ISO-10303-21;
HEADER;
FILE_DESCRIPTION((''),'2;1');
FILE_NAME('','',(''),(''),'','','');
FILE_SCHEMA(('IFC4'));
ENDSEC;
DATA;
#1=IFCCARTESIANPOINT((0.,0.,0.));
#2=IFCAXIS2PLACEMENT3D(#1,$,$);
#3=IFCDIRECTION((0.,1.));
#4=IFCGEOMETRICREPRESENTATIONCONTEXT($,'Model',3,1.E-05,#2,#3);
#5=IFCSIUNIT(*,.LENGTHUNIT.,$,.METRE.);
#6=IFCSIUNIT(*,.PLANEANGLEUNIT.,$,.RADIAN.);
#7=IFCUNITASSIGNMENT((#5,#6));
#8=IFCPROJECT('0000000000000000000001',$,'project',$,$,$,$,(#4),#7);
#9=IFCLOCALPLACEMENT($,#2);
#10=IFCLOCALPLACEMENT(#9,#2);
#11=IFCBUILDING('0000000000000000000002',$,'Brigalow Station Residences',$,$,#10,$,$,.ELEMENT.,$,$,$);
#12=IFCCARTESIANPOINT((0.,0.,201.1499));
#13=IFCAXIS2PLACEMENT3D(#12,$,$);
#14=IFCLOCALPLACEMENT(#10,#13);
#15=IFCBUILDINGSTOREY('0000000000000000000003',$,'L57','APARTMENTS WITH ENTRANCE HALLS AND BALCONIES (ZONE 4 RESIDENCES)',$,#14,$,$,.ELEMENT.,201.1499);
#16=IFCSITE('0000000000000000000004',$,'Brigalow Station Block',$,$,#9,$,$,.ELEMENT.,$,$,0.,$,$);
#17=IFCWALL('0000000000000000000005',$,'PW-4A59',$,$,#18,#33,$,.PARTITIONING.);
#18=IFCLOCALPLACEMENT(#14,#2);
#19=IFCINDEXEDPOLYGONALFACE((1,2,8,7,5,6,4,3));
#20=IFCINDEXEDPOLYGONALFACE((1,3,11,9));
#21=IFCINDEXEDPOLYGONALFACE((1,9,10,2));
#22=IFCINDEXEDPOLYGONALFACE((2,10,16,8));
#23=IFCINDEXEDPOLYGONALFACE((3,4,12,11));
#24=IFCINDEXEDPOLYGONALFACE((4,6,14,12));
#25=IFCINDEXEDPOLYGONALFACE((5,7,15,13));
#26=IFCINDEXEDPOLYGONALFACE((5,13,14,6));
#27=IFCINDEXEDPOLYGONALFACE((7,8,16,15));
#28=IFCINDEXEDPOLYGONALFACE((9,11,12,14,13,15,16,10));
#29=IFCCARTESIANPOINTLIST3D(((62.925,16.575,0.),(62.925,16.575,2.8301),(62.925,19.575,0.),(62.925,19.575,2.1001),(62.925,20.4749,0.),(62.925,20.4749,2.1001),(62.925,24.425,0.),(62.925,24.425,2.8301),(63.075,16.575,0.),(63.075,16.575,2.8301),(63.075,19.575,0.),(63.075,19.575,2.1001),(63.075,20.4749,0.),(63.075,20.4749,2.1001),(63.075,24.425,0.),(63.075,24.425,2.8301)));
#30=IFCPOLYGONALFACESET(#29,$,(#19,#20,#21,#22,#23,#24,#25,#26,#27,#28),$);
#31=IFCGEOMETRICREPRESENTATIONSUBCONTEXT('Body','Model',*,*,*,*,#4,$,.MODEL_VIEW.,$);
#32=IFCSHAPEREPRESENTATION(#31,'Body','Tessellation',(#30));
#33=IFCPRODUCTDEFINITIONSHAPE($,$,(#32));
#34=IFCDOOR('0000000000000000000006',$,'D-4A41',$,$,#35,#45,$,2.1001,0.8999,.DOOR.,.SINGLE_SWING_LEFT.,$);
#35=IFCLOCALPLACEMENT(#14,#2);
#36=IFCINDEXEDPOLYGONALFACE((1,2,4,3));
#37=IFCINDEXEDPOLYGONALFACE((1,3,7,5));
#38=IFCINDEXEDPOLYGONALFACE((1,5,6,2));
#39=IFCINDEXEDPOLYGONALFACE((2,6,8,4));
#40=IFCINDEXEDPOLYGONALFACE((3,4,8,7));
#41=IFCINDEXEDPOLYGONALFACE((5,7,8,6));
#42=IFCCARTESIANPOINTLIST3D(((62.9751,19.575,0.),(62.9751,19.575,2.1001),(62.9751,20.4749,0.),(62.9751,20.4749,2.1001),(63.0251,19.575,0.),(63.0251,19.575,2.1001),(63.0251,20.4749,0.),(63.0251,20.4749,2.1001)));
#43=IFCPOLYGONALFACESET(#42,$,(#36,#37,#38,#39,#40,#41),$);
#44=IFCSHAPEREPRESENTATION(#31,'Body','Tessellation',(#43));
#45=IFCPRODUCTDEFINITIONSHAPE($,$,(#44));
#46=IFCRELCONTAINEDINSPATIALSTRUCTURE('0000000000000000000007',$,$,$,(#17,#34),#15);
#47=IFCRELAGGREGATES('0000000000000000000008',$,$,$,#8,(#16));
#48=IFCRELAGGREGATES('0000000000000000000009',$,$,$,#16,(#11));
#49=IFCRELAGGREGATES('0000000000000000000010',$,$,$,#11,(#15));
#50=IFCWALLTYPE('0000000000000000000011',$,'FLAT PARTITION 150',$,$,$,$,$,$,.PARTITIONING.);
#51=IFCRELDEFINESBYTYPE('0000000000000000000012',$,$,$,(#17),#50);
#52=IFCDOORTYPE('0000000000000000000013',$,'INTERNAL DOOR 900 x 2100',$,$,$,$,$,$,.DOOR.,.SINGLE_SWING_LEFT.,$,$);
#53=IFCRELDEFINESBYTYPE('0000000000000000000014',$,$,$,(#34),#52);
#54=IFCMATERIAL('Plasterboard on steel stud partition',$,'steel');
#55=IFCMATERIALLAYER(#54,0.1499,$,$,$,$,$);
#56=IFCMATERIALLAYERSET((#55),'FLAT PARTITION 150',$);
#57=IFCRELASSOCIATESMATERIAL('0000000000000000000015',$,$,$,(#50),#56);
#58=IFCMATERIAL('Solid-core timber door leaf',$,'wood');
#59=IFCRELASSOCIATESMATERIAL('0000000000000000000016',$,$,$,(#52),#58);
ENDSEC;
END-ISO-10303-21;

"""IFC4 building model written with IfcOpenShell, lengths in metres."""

from ifc_helpers import new_model, si_unit, direction, frame, frame_2d, origin, place, context, subcontext, project, spatial, rectangle, extrude, material, layer, layer_set, type_object, element, fill, save


model = new_model("IFC4")

# Units and contexts
model_context = context("Model", 3, precision=1e-05, world=origin(), true_north=direction((0.0, 1.0)))
body_context = subcontext(model_context, "Body", "Model", "MODEL_VIEW")
ifc_project = project(units=[si_unit("LENGTHUNIT", "METRE"), si_unit("PLANEANGLEUNIT", "RADIAN")], contexts=[model_context])

# Site, building, storey
site_placement = place(None, origin())
site = spatial("IfcSite", under=ifc_project, at=site_placement, Name="Brigalow Station Block", CompositionType="ELEMENT", RefElevation=0.0)
building_placement = place(site_placement, origin())
building = spatial("IfcBuilding", under=site, at=building_placement, Name="Brigalow Station Residences", CompositionType="ELEMENT")
storey_placement = place(building_placement, frame((0.0, 0.0, 201.1499)))
storey = spatial("IfcBuildingStorey", under=building, at=storey_placement, Name="L57", Description="APARTMENTS WITH ENTRANCE HALLS AND BALCONIES (ZONE 4 RESIDENCES)", CompositionType="ELEMENT", Elevation=201.1499)

# Wall, opening, door
ifc_material_1 = material(Name="Plasterboard on steel stud partition", Category="steel")
ifc_layer_1 = layer(ifc_material_1, 0.1499)
ifc_layer_set_1 = layer_set([ifc_layer_1], Name="FLAT PARTITION 150")
wall_type_1 = type_object("IfcWallType", Name="FLAT PARTITION 150", PredefinedType="PARTITIONING", material=ifc_layer_set_1)
wall_1_placement = place(storey_placement, frame((63.0, 16.575, 0.0), z_axis=(0.0, 0.0, 1.0), x_axis=(0.0, 1.0, 0.0)))
wall_1 = element("IfcWall", 1, at=wall_1_placement, inside=storey, type_object=wall_type_1, Name="PW-4A59", PredefinedType="PARTITIONING", context=body_context, shape_type="SweptSolid", body=[
    extrude(rectangle(XDim=7.8501, YDim=0.1499, at=frame_2d((3.925, 0.0))), origin(), (0.0, 0.0, 1.0), 2.8301),
])
opening_1_placement = place(wall_1_placement, frame((3.0, 0.0, 0.0)))
opening_1 = element("IfcOpeningElement", 2, at=opening_1_placement, cuts=wall_1, PredefinedType="OPENING", context=body_context, shape_type="SweptSolid", body=[
    extrude(rectangle(XDim=0.8999, YDim=2.1001, at=frame_2d((0.45, 1.05))), frame((0.0, 0.085, 0.0), z_axis=(0.0, -1.0, 0.0), x_axis=(1.0, 0.0, 0.0)), (0.0, 0.0, 1.0), 0.1699),
])
ifc_material_2 = material(Name="Solid-core timber door leaf", Category="wood")
door_type_1 = type_object("IfcDoorType", Name="INTERNAL DOOR 900 x 2100", OperationType="SINGLE_SWING_LEFT", PredefinedType="DOOR", material=ifc_material_2)
door_1_placement = place(opening_1_placement, origin())
door_1 = element("IfcDoor", 3, at=door_1_placement, inside=storey, type_object=door_type_1, Name="D-4A41", OperationType="SINGLE_SWING_LEFT", OverallHeight=2.1001, OverallWidth=0.8999, PredefinedType="DOOR", context=body_context, shape_type="SweptSolid", body=[
    extrude(rectangle(XDim=0.8999, YDim=2.1001, at=frame_2d((0.45, 1.05))), frame((0.0, 0.0249, 0.0), z_axis=(0.0, -1.0, 0.0), x_axis=(1.0, 0.0, 0.0)), (0.0, 0.0, 1.0), 0.05),
])
fill(opening_1, door_1)

save(model, "model.ifc")
